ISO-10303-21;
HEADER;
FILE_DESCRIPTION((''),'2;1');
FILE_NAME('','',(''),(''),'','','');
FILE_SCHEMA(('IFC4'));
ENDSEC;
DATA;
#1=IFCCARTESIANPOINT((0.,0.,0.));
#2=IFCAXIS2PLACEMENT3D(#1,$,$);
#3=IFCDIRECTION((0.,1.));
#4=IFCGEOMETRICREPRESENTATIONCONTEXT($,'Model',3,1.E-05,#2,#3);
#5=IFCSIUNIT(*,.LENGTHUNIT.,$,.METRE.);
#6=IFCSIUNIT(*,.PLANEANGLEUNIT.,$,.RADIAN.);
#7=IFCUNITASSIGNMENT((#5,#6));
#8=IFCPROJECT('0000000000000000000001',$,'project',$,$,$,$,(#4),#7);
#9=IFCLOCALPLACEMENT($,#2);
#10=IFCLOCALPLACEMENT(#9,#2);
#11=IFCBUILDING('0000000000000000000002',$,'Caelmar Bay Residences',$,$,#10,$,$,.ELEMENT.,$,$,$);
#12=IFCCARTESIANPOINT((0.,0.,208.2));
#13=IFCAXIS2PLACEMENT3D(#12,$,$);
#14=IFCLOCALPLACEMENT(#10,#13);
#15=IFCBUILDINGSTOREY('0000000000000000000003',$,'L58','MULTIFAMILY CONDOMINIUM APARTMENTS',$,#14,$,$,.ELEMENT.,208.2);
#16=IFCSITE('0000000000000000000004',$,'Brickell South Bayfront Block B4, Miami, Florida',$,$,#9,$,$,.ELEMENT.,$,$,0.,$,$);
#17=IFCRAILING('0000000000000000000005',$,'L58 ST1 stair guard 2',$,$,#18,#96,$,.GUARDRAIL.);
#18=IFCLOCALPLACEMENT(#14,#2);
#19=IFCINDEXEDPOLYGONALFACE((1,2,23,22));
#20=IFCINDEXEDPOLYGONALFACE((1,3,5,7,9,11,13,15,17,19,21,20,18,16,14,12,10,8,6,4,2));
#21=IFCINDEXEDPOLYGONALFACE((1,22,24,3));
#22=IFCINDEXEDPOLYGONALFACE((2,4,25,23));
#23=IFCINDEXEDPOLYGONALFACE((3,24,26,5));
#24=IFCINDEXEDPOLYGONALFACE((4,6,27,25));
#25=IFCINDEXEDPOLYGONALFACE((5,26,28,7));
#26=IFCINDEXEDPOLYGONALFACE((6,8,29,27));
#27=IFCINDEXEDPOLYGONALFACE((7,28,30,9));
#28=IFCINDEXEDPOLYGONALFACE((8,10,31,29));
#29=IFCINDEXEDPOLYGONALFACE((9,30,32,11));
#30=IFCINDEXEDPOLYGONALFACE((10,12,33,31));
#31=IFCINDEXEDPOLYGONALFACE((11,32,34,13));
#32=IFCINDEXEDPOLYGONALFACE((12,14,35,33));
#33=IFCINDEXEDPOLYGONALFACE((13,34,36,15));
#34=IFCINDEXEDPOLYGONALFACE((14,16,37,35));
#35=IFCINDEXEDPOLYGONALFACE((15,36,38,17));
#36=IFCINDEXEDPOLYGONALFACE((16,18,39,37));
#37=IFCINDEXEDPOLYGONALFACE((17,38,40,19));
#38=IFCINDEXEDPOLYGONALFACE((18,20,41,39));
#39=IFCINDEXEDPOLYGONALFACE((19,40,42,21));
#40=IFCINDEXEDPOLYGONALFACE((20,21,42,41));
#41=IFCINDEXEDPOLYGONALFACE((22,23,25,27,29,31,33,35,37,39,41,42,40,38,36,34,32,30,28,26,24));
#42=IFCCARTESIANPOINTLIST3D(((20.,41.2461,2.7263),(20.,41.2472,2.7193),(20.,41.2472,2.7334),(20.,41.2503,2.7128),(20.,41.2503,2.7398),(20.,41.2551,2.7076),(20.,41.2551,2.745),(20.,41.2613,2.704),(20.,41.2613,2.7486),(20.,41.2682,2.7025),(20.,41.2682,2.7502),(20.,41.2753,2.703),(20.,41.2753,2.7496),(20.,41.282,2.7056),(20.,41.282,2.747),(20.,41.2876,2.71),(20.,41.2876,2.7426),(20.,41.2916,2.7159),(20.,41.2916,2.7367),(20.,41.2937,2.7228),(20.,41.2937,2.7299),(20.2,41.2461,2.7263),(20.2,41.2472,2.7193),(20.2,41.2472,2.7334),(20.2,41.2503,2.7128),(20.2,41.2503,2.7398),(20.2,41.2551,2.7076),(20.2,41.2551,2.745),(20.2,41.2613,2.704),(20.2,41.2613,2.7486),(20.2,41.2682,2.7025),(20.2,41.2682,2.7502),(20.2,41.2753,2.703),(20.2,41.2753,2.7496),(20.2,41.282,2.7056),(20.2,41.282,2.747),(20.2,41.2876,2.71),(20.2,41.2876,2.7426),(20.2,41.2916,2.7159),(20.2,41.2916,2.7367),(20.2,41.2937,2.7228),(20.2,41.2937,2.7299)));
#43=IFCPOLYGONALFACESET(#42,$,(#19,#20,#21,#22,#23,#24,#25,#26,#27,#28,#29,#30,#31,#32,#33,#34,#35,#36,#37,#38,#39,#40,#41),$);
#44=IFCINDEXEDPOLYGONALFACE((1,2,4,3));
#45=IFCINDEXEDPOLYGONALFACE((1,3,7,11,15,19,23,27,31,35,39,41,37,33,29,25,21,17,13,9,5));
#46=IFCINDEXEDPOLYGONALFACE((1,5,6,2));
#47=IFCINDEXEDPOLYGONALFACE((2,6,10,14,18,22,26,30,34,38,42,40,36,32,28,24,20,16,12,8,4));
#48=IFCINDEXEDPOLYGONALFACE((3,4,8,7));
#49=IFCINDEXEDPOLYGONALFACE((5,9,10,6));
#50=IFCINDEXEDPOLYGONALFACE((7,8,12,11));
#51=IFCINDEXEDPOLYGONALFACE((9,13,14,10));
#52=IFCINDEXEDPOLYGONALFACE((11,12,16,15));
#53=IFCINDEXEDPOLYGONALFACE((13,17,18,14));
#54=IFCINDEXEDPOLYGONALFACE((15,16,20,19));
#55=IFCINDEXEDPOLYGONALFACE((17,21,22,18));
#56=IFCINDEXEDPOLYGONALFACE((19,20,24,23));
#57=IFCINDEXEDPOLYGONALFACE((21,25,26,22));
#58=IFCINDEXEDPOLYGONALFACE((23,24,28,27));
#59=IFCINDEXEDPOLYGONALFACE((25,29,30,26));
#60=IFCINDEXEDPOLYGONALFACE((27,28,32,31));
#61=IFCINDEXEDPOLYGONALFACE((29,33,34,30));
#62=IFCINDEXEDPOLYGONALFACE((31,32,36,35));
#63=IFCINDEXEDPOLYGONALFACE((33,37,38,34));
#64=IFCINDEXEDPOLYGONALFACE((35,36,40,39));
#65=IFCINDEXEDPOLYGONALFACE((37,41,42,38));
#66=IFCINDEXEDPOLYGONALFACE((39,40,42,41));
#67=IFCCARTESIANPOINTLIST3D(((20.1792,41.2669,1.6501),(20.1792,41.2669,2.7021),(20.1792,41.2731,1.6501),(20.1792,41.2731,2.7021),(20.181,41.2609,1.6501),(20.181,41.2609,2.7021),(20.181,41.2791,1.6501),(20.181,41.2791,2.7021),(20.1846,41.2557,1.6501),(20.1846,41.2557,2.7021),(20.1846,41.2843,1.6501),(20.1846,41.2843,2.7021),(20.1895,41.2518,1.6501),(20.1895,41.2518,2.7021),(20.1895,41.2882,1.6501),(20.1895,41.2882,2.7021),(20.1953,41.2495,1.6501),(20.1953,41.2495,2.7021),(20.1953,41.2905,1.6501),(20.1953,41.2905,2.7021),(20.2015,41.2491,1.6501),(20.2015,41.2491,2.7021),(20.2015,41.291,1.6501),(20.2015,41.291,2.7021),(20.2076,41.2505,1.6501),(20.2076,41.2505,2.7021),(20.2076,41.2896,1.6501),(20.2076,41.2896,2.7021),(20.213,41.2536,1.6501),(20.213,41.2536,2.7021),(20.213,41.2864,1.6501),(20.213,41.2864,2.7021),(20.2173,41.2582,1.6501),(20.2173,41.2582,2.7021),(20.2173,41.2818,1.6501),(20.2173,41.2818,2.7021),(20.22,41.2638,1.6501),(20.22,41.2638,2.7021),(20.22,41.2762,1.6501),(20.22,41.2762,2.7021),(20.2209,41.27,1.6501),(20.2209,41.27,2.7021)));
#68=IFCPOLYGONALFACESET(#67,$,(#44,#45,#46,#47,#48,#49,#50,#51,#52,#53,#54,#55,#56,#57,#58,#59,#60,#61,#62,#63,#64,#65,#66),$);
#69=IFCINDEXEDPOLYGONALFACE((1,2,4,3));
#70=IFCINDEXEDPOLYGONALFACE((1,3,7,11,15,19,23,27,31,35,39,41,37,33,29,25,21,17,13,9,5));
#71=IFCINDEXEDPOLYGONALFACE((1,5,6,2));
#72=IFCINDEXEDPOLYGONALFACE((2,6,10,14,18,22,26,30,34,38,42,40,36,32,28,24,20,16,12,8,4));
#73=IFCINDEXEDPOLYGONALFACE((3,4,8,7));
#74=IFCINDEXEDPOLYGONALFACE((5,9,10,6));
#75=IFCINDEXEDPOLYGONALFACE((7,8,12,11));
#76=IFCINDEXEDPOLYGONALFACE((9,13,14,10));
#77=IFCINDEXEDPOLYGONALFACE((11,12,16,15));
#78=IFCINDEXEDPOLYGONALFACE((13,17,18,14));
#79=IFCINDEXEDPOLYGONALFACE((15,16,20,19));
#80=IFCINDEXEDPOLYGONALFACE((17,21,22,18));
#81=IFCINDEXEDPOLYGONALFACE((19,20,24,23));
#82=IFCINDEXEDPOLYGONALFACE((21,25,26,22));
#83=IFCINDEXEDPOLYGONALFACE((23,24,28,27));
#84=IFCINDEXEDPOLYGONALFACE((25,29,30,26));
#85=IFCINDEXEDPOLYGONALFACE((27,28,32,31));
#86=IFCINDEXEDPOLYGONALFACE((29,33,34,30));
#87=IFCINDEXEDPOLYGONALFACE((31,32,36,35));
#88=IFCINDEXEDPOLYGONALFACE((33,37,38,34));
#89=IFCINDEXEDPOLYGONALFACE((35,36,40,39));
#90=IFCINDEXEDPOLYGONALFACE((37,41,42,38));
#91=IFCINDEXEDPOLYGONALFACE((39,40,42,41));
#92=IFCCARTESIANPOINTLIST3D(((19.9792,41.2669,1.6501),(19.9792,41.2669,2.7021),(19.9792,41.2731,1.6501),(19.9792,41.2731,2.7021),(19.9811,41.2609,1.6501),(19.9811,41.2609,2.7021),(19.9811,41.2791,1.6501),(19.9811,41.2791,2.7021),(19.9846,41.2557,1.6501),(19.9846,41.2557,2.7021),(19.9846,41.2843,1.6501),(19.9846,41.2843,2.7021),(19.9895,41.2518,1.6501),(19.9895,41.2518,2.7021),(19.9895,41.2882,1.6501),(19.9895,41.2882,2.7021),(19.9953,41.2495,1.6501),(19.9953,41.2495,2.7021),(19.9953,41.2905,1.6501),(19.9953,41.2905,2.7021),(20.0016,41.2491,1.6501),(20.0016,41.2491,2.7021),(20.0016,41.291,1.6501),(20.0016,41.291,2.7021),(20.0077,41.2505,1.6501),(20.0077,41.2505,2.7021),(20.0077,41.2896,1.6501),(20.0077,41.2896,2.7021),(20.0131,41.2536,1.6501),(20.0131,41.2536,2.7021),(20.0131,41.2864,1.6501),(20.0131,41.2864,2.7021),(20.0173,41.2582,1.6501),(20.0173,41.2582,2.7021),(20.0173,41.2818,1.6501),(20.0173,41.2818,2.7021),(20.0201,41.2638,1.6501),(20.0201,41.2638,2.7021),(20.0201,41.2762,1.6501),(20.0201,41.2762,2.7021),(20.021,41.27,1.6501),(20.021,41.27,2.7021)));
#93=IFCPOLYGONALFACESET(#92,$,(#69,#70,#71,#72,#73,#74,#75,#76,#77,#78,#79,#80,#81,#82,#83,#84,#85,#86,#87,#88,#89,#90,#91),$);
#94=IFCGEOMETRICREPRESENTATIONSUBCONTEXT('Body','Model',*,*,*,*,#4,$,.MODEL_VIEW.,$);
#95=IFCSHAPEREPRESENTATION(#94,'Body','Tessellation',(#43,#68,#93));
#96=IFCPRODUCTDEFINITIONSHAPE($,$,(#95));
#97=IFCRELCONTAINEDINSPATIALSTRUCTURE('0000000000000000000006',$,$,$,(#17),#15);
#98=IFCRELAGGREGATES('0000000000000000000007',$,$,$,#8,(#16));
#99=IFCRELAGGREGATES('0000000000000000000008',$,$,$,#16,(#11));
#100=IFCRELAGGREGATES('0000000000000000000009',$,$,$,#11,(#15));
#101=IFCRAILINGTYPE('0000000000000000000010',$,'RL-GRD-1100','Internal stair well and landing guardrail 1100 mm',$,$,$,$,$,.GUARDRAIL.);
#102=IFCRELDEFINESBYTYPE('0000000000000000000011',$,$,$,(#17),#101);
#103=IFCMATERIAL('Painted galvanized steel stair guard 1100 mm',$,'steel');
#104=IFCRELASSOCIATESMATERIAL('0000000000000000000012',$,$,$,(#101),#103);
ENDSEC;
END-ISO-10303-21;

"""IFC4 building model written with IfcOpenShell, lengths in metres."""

from ifc_helpers import new_model, si_unit, direction, frame, origin, origin_2d, place, context, subcontext, project, spatial, circle, extrude, material, type_object, element, save


model = new_model("IFC4")

# Units and contexts
model_context = context("Model", 3, precision=1e-05, world=origin(), true_north=direction((0.0, 1.0)))
body_context = subcontext(model_context, "Body", "Model", "MODEL_VIEW")
ifc_project = project(units=[si_unit("LENGTHUNIT", "METRE"), si_unit("PLANEANGLEUNIT", "RADIAN")], contexts=[model_context])

# Site, building, storey
site_placement = place(None, origin())
site = spatial("IfcSite", under=ifc_project, at=site_placement, Name="Brickell South Bayfront Block B4, Miami, Florida", CompositionType="ELEMENT", RefElevation=0.0)
building_placement = place(site_placement, origin())
building = spatial("IfcBuilding", under=site, at=building_placement, Name="Caelmar Bay Residences", CompositionType="ELEMENT")
storey_placement = place(building_placement, frame((0.0, 0.0, 208.2)))
storey = spatial("IfcBuildingStorey", under=building, at=storey_placement, Name="L58", Description="MULTIFAMILY CONDOMINIUM APARTMENTS", CompositionType="ELEMENT", Elevation=208.2)

# Railing
ifc_material_1 = material(Name="Painted galvanized steel stair guard 1100 mm", Category="steel")
railing_type_1 = type_object("IfcRailingType", Name="RL-GRD-1100", Description="Internal stair well and landing guardrail 1100 mm", PredefinedType="GUARDRAIL", material=ifc_material_1)
railing_1_placement = place(storey_placement, frame((20.2, 41.27, 1.6501)))
element("IfcRailing", 1, at=railing_1_placement, inside=storey, type_object=railing_type_1, Name="L58 ST1 stair guard 2", PredefinedType="GUARDRAIL", context=body_context, shape_type="SweptSolid", body=[
    extrude(circle(Radius=0.0239, at=origin_2d()), frame((0.0, 0.0, 1.0762), z_axis=(-1.0, 0.0, 0.0), x_axis=(0.0, -1.0, 0.0)), (0.0, 0.0, 1.0), 0.2),
    extrude(circle(Radius=0.021, at=origin_2d()), origin(), (0.0, 0.0, 1.0), 1.052),
    extrude(circle(Radius=0.021, at=origin_2d()), frame((-0.2, 0.0, 0.0)), (0.0, 0.0, 1.0), 1.052),
])

save(model, "model.ifc")
